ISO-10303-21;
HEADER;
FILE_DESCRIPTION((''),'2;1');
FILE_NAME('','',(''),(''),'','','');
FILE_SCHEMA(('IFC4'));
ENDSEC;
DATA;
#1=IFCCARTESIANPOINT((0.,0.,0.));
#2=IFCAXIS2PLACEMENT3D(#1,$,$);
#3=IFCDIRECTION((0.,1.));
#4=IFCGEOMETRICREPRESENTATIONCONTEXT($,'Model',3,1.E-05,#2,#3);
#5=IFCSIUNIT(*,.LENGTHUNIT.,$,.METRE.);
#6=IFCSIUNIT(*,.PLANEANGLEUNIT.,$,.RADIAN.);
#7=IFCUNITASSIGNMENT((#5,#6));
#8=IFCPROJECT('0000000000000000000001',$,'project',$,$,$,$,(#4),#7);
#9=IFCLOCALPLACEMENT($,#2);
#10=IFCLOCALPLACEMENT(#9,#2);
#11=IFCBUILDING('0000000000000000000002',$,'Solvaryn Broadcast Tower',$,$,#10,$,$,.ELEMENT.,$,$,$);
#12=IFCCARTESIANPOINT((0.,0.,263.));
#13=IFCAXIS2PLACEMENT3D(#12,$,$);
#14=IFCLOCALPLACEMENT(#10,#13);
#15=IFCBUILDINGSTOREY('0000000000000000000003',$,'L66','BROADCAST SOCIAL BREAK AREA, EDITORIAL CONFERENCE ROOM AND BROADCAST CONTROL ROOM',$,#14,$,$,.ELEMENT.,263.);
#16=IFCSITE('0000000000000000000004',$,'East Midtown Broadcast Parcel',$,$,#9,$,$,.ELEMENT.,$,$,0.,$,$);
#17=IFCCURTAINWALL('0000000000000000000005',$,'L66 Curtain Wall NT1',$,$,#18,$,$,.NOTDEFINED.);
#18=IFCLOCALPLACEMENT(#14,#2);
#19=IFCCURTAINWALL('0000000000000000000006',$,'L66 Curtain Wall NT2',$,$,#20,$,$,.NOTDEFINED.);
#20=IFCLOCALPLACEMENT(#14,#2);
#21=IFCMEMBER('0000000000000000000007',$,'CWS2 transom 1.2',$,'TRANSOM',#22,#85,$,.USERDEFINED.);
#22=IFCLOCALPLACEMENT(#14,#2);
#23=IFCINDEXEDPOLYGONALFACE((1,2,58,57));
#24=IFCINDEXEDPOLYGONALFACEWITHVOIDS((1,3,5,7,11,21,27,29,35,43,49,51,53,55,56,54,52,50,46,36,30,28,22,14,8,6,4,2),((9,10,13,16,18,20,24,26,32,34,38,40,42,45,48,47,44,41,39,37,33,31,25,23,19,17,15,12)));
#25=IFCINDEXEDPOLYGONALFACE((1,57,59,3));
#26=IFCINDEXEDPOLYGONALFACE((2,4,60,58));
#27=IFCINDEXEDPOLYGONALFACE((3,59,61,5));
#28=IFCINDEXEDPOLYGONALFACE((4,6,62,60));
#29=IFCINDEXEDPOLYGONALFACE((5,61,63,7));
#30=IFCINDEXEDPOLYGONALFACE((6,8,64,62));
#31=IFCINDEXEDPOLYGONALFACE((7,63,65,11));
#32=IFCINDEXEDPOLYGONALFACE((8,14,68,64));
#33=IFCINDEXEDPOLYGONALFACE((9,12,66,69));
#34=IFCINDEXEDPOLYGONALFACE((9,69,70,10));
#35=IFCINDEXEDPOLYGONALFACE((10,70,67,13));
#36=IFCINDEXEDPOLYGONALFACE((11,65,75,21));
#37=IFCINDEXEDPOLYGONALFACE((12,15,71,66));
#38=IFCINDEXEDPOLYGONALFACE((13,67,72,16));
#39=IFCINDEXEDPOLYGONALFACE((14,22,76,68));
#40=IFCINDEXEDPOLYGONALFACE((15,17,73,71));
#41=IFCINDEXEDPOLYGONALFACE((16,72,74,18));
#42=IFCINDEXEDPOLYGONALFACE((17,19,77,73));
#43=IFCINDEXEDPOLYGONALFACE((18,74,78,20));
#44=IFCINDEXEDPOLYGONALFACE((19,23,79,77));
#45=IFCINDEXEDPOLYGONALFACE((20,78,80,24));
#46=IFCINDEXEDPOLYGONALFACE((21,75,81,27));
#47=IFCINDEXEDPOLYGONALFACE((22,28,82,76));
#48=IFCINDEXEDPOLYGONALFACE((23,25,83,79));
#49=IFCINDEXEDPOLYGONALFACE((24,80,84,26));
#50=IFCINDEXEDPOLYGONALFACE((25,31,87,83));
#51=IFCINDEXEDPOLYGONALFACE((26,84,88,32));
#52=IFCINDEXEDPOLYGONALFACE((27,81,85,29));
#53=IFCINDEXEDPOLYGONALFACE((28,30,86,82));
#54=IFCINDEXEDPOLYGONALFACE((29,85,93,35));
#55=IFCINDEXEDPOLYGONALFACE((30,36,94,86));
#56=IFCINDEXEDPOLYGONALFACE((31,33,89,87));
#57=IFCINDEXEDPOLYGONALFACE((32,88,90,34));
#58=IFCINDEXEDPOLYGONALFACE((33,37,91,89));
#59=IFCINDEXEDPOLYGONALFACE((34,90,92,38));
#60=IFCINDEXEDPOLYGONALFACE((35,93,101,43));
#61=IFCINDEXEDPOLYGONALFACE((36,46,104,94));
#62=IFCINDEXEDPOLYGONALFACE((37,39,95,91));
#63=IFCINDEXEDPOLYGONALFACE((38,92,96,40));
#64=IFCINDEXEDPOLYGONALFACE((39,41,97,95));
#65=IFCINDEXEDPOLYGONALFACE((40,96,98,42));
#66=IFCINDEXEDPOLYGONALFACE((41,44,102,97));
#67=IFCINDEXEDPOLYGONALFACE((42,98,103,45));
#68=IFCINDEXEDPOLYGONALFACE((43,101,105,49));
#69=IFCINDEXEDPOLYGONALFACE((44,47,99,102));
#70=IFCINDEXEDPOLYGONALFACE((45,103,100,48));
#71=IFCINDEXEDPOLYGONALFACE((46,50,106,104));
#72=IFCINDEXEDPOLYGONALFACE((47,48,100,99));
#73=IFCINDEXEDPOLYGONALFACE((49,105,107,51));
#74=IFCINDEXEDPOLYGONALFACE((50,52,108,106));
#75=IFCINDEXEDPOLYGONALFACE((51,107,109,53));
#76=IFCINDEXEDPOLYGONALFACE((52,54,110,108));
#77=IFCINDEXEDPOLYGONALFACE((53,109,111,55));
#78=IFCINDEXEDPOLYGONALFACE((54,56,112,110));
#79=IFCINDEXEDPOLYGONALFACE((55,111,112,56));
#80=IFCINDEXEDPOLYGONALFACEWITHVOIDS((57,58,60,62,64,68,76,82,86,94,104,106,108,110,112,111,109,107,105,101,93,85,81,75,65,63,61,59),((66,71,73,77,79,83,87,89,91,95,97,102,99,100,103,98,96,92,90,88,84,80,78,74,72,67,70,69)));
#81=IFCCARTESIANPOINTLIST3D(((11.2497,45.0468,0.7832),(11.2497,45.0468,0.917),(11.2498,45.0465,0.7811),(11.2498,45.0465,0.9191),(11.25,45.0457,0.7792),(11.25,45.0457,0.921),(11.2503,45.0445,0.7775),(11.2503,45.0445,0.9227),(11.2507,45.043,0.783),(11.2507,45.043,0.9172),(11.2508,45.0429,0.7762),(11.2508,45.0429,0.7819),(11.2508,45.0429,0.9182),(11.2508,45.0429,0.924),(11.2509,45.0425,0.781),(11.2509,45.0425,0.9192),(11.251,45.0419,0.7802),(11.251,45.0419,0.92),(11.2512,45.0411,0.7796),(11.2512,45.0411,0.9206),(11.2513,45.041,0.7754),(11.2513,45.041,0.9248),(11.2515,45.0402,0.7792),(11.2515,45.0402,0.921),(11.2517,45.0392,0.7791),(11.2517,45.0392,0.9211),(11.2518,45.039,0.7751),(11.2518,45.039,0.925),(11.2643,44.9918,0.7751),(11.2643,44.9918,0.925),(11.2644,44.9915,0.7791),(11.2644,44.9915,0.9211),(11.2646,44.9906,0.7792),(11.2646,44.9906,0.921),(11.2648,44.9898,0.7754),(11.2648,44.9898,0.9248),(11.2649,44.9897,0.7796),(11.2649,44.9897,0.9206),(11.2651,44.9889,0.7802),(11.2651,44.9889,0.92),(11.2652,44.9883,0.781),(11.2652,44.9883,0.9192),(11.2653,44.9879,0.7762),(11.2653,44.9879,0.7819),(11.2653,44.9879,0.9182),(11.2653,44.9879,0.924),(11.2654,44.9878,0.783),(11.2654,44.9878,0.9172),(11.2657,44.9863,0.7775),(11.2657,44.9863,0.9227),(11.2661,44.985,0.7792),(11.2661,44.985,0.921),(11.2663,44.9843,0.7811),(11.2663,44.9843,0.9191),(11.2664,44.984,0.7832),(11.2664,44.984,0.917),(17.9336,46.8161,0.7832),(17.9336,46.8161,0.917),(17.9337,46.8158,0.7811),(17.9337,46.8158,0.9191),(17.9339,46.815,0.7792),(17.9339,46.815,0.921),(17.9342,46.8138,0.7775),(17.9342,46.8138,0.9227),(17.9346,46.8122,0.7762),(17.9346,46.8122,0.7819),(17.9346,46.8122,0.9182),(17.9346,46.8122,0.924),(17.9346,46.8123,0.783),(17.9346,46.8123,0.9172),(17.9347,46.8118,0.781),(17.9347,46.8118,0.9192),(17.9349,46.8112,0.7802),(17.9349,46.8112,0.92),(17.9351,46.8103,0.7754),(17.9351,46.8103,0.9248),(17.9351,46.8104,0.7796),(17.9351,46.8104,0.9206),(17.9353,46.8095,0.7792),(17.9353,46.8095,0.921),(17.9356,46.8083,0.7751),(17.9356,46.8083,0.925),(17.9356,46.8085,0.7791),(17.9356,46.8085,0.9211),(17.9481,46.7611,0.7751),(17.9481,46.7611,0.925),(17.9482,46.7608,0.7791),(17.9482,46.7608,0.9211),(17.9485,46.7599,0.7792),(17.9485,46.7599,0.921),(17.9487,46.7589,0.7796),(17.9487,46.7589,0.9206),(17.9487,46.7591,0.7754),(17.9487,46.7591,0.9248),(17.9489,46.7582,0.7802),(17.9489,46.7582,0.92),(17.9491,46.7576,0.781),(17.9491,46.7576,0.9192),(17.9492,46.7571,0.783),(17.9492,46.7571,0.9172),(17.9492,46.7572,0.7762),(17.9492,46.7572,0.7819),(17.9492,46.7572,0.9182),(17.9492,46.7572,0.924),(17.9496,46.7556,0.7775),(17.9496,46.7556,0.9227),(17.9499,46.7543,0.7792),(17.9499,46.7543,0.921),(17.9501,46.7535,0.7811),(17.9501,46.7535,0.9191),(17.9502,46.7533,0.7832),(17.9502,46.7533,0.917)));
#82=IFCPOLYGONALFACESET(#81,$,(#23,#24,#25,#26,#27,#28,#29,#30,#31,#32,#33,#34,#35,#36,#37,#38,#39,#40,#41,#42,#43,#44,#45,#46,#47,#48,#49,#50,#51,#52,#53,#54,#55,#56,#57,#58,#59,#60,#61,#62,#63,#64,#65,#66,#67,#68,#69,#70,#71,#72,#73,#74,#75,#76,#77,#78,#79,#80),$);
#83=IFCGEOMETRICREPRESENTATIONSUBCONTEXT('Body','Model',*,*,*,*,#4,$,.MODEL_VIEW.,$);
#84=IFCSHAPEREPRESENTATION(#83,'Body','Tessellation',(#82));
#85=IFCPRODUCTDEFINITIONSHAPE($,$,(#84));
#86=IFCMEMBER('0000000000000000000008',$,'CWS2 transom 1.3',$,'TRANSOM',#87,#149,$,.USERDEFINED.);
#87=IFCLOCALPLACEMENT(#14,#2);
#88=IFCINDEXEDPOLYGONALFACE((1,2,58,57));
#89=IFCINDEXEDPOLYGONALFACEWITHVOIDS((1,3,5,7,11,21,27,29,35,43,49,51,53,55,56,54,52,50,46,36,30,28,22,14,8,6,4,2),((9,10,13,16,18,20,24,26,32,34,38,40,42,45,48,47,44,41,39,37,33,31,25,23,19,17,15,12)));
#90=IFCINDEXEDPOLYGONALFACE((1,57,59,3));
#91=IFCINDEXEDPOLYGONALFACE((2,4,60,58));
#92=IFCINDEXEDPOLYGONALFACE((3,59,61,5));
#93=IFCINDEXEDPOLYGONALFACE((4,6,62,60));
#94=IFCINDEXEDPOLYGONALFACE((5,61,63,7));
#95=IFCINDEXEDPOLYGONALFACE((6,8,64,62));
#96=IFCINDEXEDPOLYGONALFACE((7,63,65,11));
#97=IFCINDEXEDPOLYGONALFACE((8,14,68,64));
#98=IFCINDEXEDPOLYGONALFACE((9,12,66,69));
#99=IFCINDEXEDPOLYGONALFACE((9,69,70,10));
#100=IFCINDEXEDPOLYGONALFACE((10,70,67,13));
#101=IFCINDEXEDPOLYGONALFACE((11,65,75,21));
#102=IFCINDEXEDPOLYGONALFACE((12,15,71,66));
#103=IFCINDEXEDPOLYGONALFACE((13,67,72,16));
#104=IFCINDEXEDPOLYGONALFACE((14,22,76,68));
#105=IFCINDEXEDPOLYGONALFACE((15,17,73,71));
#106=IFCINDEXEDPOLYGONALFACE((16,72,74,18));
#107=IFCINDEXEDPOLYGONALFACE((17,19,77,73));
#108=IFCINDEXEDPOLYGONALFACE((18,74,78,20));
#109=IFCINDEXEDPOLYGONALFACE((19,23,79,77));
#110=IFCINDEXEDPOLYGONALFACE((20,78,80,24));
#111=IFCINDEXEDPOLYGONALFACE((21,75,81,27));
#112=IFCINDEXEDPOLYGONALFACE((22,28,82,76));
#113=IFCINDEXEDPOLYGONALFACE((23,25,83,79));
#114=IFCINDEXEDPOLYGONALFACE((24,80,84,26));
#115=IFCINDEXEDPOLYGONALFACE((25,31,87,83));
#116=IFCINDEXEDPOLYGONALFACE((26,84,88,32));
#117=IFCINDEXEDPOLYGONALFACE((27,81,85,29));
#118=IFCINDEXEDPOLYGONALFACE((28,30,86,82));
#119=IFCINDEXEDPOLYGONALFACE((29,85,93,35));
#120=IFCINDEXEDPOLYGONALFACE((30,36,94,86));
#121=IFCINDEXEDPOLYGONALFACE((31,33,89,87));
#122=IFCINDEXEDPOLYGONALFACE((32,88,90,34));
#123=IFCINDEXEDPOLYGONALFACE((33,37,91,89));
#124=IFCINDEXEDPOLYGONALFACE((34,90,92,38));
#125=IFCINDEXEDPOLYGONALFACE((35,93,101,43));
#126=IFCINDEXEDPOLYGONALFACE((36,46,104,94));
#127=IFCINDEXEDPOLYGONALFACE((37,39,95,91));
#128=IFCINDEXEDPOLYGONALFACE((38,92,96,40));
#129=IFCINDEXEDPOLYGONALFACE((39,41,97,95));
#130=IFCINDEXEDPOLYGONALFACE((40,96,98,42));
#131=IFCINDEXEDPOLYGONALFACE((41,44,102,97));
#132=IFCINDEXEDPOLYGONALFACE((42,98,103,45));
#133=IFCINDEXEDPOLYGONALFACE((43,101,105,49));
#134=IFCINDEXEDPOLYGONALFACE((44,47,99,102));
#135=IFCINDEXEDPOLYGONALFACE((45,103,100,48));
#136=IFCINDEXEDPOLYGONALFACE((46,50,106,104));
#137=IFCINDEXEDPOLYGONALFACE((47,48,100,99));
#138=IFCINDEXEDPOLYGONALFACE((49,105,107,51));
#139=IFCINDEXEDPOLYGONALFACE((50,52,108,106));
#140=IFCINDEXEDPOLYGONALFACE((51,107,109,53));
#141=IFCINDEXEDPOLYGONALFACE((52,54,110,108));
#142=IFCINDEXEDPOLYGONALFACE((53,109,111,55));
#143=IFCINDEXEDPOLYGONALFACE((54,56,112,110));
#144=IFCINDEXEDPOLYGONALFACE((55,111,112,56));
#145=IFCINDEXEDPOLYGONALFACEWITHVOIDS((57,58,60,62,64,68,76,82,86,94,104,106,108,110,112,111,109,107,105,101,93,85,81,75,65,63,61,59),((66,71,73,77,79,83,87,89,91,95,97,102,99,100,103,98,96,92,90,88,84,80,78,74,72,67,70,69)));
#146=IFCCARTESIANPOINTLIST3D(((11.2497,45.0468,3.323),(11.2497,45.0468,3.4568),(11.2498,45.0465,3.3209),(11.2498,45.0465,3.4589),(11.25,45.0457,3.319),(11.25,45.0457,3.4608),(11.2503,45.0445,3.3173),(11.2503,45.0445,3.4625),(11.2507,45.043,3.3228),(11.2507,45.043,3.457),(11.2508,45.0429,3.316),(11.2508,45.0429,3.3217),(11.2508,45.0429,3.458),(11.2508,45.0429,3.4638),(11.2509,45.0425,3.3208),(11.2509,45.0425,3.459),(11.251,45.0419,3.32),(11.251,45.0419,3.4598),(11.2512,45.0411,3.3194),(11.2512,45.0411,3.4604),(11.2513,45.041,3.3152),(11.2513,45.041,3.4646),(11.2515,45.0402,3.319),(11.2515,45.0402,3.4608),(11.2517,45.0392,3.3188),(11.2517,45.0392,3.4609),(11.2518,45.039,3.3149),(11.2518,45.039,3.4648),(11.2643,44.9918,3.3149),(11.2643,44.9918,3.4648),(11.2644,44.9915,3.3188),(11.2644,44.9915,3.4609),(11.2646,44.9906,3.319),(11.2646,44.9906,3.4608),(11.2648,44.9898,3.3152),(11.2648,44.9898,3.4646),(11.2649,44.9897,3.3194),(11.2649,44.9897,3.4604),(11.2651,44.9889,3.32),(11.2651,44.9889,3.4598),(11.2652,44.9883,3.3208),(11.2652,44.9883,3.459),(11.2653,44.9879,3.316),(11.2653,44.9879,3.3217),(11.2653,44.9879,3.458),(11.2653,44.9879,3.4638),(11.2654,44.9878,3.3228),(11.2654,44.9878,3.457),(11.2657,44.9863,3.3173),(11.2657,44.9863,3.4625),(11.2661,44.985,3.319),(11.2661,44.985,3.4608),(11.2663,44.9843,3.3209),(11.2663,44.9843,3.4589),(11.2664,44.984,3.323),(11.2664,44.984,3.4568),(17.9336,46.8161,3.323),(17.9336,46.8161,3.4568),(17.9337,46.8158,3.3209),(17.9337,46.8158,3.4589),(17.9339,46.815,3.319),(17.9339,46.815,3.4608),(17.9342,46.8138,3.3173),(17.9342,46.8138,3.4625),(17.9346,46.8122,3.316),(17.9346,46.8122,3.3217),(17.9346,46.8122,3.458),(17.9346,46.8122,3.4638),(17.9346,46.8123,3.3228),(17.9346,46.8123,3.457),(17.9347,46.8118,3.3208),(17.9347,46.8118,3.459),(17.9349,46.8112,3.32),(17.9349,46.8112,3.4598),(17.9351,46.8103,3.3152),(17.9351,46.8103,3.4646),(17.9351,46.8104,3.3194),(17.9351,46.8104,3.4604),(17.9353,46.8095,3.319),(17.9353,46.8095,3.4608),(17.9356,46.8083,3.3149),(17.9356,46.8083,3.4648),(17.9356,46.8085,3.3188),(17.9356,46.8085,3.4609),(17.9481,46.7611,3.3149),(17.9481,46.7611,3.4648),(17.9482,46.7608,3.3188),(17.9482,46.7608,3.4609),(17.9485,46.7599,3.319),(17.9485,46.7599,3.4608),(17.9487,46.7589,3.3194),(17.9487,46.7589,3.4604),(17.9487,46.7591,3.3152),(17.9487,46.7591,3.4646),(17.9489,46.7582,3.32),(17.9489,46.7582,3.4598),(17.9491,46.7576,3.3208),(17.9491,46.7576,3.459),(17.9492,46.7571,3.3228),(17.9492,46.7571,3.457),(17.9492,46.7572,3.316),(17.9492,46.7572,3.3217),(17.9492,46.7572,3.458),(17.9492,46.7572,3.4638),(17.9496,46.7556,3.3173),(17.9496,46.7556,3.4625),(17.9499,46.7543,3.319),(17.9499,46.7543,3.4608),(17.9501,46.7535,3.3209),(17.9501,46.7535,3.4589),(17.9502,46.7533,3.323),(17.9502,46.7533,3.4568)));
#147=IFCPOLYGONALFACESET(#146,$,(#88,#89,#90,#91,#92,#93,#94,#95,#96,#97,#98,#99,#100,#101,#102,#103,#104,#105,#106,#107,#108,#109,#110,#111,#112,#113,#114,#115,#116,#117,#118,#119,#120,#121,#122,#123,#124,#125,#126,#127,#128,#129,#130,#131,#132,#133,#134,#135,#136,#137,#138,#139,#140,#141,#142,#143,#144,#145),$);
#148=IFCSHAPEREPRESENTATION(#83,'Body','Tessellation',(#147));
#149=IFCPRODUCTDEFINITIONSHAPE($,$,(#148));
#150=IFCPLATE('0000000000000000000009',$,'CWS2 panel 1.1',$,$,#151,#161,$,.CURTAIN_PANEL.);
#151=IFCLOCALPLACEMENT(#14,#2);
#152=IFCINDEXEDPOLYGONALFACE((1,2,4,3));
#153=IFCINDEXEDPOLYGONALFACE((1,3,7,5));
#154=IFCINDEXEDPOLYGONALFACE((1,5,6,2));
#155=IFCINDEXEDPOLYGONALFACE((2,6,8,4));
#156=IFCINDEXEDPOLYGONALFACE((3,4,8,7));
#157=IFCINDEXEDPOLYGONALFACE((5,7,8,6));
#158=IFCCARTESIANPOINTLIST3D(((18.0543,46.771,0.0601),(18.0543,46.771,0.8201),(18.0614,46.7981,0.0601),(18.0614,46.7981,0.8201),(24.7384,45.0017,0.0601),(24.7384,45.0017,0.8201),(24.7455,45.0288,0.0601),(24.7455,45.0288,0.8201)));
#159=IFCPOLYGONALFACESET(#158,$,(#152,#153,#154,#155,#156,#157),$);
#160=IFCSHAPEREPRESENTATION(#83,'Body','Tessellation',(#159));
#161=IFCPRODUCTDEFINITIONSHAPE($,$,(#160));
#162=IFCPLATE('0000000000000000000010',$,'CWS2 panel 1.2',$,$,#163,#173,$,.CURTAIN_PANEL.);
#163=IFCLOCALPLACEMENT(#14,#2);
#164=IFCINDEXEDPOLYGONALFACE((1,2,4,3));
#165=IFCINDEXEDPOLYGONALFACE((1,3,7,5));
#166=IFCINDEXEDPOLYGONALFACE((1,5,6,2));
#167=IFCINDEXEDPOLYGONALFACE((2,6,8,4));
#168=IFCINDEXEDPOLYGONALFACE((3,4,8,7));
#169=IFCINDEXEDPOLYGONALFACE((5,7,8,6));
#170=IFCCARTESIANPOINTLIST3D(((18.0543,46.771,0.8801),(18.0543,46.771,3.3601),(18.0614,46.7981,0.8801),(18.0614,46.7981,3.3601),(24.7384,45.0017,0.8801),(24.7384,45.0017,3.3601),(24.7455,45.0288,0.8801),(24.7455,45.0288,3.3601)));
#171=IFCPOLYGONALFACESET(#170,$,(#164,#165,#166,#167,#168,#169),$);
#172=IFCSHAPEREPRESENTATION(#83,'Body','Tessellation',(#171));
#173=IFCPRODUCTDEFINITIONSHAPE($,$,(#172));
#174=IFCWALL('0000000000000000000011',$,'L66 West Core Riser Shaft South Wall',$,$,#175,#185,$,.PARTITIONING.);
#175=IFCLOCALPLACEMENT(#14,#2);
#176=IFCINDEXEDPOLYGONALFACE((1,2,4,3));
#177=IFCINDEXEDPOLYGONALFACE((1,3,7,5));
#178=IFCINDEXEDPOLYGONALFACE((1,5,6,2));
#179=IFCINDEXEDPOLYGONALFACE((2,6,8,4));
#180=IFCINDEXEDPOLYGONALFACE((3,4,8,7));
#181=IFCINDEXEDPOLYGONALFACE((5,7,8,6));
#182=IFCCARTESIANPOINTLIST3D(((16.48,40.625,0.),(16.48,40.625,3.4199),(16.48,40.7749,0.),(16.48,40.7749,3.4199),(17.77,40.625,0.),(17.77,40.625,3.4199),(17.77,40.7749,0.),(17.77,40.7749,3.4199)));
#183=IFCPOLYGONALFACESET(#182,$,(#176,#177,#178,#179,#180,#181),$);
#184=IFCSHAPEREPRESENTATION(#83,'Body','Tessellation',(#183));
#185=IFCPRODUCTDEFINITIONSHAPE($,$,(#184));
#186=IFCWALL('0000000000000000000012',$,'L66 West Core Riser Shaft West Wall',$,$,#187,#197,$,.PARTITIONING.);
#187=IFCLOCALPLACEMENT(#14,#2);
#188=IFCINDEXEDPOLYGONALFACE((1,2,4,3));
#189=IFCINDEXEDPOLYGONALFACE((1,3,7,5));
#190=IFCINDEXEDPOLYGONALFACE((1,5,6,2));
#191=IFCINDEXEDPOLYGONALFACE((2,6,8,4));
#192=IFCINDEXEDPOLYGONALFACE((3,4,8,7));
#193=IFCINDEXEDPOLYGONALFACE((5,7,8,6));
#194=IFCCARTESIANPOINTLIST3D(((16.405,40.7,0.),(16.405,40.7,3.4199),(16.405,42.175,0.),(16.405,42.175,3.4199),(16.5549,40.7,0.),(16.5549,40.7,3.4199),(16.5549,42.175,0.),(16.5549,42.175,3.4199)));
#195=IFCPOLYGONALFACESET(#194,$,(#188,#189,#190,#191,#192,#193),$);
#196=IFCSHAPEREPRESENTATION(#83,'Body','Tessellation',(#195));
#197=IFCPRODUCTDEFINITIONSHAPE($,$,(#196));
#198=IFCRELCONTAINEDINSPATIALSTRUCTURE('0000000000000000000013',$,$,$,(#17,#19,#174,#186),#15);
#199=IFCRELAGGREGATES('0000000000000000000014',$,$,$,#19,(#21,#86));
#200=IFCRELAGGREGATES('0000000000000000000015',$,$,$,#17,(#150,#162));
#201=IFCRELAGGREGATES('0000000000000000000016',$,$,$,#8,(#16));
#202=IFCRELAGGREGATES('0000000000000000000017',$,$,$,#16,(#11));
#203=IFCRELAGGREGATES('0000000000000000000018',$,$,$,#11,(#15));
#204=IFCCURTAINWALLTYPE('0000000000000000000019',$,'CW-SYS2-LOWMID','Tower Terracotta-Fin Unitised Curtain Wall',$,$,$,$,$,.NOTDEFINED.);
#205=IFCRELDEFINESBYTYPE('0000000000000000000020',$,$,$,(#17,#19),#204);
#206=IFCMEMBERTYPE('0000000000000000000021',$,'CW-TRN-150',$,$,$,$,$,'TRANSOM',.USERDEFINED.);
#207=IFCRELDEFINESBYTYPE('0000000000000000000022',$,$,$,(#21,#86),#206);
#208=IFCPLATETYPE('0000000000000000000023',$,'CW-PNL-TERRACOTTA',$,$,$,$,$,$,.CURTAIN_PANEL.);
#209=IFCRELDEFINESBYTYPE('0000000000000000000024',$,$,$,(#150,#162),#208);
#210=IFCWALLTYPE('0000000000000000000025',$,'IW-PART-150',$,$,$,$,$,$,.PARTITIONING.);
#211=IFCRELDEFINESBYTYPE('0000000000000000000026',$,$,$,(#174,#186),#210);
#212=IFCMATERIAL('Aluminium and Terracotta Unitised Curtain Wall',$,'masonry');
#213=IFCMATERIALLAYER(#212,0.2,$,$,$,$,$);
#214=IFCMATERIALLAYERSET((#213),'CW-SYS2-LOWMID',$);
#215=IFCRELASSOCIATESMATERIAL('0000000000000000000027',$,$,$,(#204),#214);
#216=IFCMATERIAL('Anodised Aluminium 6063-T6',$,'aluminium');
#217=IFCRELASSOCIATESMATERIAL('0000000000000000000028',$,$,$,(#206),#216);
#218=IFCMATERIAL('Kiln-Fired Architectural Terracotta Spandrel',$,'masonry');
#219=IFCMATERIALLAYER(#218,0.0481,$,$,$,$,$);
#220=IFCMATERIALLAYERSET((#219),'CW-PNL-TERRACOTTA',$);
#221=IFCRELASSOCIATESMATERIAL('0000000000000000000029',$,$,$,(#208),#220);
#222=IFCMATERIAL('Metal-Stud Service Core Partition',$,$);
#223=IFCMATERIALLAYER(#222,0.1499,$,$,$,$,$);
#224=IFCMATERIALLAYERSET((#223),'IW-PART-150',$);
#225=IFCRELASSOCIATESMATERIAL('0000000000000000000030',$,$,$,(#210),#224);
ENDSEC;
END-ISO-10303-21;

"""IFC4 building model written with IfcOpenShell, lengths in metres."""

from ifc_helpers import new_model, si_unit, direction, frame, frame_2d, origin, origin_2d, place, context, subcontext, project, spatial, rectangle, hollow_rectangle, extrude, material, layer, layer_set, material_profile, profile_set, type_object, element, aggregate, save


model = new_model("IFC4")

# Units and contexts
model_context = context("Model", 3, precision=1e-05, world=origin(), true_north=direction((0.0, 1.0)))
body_context = subcontext(model_context, "Body", "Model", "MODEL_VIEW")
ifc_project = project(units=[si_unit("LENGTHUNIT", "METRE"), si_unit("PLANEANGLEUNIT", "RADIAN")], contexts=[model_context])

# Site, building, storey
site_placement = place(None, origin())
site = spatial("IfcSite", under=ifc_project, at=site_placement, Name="East Midtown Broadcast Parcel", CompositionType="ELEMENT", RefElevation=0.0)
building_placement = place(site_placement, origin())
building = spatial("IfcBuilding", under=site, at=building_placement, Name="Solvaryn Broadcast Tower", CompositionType="ELEMENT")
storey_placement = place(building_placement, frame((0.0, 0.0, 263.0)))
storey = spatial("IfcBuildingStorey", under=building, at=storey_placement, Name="L66", Description="BROADCAST SOCIAL BREAK AREA, EDITORIAL CONFERENCE ROOM AND BROADCAST CONTROL ROOM", CompositionType="ELEMENT", Elevation=263.0)

# Curtain wall
ifc_material_1 = material(Name="Aluminium and Terracotta Unitised Curtain Wall", Category="masonry")
ifc_layer_1 = layer(ifc_material_1, 0.2)
ifc_layer_set_1 = layer_set([ifc_layer_1], Name="CW-SYS2-LOWMID")
curtain_wall_type = type_object("IfcCurtainWallType", Name="CW-SYS2-LOWMID", Description="Tower Terracotta-Fin Unitised Curtain Wall", PredefinedType="NOTDEFINED", material=ifc_layer_set_1)
curtain_wall_1_placement = place(storey_placement, origin())
curtain_wall_1 = element("IfcCurtainWall", 1, at=curtain_wall_1_placement, inside=storey, type_object=curtain_wall_type, Name="L66 Curtain Wall NT1", PredefinedType="NOTDEFINED")

# Curtain wall, members
curtain_wall_2_placement = place(storey_placement, origin())
curtain_wall_2 = element("IfcCurtainWall", 2, at=curtain_wall_2_placement, inside=storey, type_object=curtain_wall_type, Name="L66 Curtain Wall NT2", PredefinedType="NOTDEFINED")
ifc_material_2 = material(Name="Anodised Aluminium 6063-T6", Category="aluminium")
ifc_material_profile_1 = material_profile(ifc_material_2, hollow_rectangle(XDim=0.0649, YDim=0.1499, WallThickness=0.0039, InnerFilletRadius=0.0039, OuterFilletRadius=0.0081, at=origin_2d()))
ifc_profile_set_1 = profile_set([ifc_material_profile_1], Name="Anodised Aluminium 6063-T6")
member_type_1 = type_object("IfcMemberType", Name="CW-TRN-150", ElementType="TRANSOM", PredefinedType="USERDEFINED", material=ifc_profile_set_1)
member_1_placement = place(storey_placement, frame((17.9419, 46.7847, 0.8501), z_axis=(-0.966704, -0.255897, 0.0), x_axis=(0.255897, -0.966704, 0.0)))
member_1 = element("IfcMember", 3, at=member_1_placement, type_object=member_type_1, Name="CWS2 transom 1.2", ObjectType="TRANSOM", PredefinedType="USERDEFINED", context=body_context, shape_type="SweptSolid", body=[
    extrude(hollow_rectangle(XDim=0.0649, YDim=0.1499, WallThickness=0.0039, InnerFilletRadius=0.0039, OuterFilletRadius=0.0081, at=origin_2d()), origin(), (0.0, 0.0, 1.0), 6.9141),
])
member_2_placement = place(storey_placement, frame((17.9419, 46.7847, 3.3899), z_axis=(-0.966704, -0.255897, 0.0), x_axis=(0.255897, -0.966704, 0.0)))
member_2 = element("IfcMember", 4, at=member_2_placement, type_object=member_type_1, Name="CWS2 transom 1.3", ObjectType="TRANSOM", PredefinedType="USERDEFINED", context=body_context, shape_type="SweptSolid", body=[
    extrude(hollow_rectangle(XDim=0.0649, YDim=0.1499, WallThickness=0.0039, InnerFilletRadius=0.0039, OuterFilletRadius=0.0081, at=origin_2d()), origin(), (0.0, 0.0, 1.0), 6.9141),
])
aggregate(curtain_wall_2, [member_1, member_2])

# Plates
ifc_material_3 = material(Name="Kiln-Fired Architectural Terracotta Spandrel", Category="masonry")
ifc_layer_2 = layer(ifc_material_3, 0.0481)
ifc_layer_set_2 = layer_set([ifc_layer_2], Name="CW-PNL-TERRACOTTA")
plate_type = type_object("IfcPlateType", Name="CW-PNL-TERRACOTTA", PredefinedType="CURTAIN_PANEL", material=ifc_layer_set_2)
plate_1_placement = place(storey_placement, frame((21.3999, 45.8999, 0.0601), z_axis=(0.0, 0.0, 1.0), x_axis=(-0.966705, 0.255893, 0.0)))
plate_1 = element("IfcPlate", 5, at=plate_1_placement, type_object=plate_type, Name="CWS2 panel 1.1", PredefinedType="CURTAIN_PANEL", context=body_context, shape_type="SweptSolid", body=[
    extrude(rectangle(XDim=6.9143, YDim=0.0281, at=origin_2d()), origin(), (0.0, 0.0, 1.0), 0.76),
])
plate_2_placement = place(storey_placement, frame((21.3999, 45.8999, 0.8801), z_axis=(0.0, 0.0, 1.0), x_axis=(-0.966705, 0.255893, 0.0)))
plate_2 = element("IfcPlate", 6, at=plate_2_placement, type_object=plate_type, Name="CWS2 panel 1.2", PredefinedType="CURTAIN_PANEL", context=body_context, shape_type="SweptSolid", body=[
    extrude(rectangle(XDim=6.9143, YDim=0.0281, at=origin_2d()), origin(), (0.0, 0.0, 1.0), 2.48),
])
aggregate(curtain_wall_1, [plate_1, plate_2])

# Walls
ifc_material_4 = material(Name="Metal-Stud Service Core Partition")
ifc_layer_3 = layer(ifc_material_4, 0.1499)
ifc_layer_set_3 = layer_set([ifc_layer_3], Name="IW-PART-150")
wall_type_1 = type_object("IfcWallType", Name="IW-PART-150", PredefinedType="PARTITIONING", material=ifc_layer_set_3)
wall_1_placement = place(storey_placement, frame((16.48, 40.7, 0.0), z_axis=(0.0, 0.0, 1.0), x_axis=(1.0, 0.0, 0.0)))
element("IfcWall", 7, at=wall_1_placement, inside=storey, type_object=wall_type_1, Name="L66 West Core Riser Shaft South Wall", PredefinedType="PARTITIONING", context=body_context, shape_type="SweptSolid", body=[
    extrude(rectangle(XDim=1.29, YDim=0.1499, at=frame_2d((0.645, 0.0))), origin(), (0.0, 0.0, 1.0), 3.4199),
])
wall_2_placement = place(storey_placement, frame((16.48, 40.7, 0.0), z_axis=(0.0, 0.0, 1.0), x_axis=(0.0, 1.0, 0.0)))
element("IfcWall", 8, at=wall_2_placement, inside=storey, type_object=wall_type_1, Name="L66 West Core Riser Shaft West Wall", PredefinedType="PARTITIONING", context=body_context, shape_type="SweptSolid", body=[
    extrude(rectangle(XDim=1.4751, YDim=0.1499, at=frame_2d((0.7375, 0.0))), origin(), (0.0, 0.0, 1.0), 3.4199),
])

save(model, "model.ifc")
